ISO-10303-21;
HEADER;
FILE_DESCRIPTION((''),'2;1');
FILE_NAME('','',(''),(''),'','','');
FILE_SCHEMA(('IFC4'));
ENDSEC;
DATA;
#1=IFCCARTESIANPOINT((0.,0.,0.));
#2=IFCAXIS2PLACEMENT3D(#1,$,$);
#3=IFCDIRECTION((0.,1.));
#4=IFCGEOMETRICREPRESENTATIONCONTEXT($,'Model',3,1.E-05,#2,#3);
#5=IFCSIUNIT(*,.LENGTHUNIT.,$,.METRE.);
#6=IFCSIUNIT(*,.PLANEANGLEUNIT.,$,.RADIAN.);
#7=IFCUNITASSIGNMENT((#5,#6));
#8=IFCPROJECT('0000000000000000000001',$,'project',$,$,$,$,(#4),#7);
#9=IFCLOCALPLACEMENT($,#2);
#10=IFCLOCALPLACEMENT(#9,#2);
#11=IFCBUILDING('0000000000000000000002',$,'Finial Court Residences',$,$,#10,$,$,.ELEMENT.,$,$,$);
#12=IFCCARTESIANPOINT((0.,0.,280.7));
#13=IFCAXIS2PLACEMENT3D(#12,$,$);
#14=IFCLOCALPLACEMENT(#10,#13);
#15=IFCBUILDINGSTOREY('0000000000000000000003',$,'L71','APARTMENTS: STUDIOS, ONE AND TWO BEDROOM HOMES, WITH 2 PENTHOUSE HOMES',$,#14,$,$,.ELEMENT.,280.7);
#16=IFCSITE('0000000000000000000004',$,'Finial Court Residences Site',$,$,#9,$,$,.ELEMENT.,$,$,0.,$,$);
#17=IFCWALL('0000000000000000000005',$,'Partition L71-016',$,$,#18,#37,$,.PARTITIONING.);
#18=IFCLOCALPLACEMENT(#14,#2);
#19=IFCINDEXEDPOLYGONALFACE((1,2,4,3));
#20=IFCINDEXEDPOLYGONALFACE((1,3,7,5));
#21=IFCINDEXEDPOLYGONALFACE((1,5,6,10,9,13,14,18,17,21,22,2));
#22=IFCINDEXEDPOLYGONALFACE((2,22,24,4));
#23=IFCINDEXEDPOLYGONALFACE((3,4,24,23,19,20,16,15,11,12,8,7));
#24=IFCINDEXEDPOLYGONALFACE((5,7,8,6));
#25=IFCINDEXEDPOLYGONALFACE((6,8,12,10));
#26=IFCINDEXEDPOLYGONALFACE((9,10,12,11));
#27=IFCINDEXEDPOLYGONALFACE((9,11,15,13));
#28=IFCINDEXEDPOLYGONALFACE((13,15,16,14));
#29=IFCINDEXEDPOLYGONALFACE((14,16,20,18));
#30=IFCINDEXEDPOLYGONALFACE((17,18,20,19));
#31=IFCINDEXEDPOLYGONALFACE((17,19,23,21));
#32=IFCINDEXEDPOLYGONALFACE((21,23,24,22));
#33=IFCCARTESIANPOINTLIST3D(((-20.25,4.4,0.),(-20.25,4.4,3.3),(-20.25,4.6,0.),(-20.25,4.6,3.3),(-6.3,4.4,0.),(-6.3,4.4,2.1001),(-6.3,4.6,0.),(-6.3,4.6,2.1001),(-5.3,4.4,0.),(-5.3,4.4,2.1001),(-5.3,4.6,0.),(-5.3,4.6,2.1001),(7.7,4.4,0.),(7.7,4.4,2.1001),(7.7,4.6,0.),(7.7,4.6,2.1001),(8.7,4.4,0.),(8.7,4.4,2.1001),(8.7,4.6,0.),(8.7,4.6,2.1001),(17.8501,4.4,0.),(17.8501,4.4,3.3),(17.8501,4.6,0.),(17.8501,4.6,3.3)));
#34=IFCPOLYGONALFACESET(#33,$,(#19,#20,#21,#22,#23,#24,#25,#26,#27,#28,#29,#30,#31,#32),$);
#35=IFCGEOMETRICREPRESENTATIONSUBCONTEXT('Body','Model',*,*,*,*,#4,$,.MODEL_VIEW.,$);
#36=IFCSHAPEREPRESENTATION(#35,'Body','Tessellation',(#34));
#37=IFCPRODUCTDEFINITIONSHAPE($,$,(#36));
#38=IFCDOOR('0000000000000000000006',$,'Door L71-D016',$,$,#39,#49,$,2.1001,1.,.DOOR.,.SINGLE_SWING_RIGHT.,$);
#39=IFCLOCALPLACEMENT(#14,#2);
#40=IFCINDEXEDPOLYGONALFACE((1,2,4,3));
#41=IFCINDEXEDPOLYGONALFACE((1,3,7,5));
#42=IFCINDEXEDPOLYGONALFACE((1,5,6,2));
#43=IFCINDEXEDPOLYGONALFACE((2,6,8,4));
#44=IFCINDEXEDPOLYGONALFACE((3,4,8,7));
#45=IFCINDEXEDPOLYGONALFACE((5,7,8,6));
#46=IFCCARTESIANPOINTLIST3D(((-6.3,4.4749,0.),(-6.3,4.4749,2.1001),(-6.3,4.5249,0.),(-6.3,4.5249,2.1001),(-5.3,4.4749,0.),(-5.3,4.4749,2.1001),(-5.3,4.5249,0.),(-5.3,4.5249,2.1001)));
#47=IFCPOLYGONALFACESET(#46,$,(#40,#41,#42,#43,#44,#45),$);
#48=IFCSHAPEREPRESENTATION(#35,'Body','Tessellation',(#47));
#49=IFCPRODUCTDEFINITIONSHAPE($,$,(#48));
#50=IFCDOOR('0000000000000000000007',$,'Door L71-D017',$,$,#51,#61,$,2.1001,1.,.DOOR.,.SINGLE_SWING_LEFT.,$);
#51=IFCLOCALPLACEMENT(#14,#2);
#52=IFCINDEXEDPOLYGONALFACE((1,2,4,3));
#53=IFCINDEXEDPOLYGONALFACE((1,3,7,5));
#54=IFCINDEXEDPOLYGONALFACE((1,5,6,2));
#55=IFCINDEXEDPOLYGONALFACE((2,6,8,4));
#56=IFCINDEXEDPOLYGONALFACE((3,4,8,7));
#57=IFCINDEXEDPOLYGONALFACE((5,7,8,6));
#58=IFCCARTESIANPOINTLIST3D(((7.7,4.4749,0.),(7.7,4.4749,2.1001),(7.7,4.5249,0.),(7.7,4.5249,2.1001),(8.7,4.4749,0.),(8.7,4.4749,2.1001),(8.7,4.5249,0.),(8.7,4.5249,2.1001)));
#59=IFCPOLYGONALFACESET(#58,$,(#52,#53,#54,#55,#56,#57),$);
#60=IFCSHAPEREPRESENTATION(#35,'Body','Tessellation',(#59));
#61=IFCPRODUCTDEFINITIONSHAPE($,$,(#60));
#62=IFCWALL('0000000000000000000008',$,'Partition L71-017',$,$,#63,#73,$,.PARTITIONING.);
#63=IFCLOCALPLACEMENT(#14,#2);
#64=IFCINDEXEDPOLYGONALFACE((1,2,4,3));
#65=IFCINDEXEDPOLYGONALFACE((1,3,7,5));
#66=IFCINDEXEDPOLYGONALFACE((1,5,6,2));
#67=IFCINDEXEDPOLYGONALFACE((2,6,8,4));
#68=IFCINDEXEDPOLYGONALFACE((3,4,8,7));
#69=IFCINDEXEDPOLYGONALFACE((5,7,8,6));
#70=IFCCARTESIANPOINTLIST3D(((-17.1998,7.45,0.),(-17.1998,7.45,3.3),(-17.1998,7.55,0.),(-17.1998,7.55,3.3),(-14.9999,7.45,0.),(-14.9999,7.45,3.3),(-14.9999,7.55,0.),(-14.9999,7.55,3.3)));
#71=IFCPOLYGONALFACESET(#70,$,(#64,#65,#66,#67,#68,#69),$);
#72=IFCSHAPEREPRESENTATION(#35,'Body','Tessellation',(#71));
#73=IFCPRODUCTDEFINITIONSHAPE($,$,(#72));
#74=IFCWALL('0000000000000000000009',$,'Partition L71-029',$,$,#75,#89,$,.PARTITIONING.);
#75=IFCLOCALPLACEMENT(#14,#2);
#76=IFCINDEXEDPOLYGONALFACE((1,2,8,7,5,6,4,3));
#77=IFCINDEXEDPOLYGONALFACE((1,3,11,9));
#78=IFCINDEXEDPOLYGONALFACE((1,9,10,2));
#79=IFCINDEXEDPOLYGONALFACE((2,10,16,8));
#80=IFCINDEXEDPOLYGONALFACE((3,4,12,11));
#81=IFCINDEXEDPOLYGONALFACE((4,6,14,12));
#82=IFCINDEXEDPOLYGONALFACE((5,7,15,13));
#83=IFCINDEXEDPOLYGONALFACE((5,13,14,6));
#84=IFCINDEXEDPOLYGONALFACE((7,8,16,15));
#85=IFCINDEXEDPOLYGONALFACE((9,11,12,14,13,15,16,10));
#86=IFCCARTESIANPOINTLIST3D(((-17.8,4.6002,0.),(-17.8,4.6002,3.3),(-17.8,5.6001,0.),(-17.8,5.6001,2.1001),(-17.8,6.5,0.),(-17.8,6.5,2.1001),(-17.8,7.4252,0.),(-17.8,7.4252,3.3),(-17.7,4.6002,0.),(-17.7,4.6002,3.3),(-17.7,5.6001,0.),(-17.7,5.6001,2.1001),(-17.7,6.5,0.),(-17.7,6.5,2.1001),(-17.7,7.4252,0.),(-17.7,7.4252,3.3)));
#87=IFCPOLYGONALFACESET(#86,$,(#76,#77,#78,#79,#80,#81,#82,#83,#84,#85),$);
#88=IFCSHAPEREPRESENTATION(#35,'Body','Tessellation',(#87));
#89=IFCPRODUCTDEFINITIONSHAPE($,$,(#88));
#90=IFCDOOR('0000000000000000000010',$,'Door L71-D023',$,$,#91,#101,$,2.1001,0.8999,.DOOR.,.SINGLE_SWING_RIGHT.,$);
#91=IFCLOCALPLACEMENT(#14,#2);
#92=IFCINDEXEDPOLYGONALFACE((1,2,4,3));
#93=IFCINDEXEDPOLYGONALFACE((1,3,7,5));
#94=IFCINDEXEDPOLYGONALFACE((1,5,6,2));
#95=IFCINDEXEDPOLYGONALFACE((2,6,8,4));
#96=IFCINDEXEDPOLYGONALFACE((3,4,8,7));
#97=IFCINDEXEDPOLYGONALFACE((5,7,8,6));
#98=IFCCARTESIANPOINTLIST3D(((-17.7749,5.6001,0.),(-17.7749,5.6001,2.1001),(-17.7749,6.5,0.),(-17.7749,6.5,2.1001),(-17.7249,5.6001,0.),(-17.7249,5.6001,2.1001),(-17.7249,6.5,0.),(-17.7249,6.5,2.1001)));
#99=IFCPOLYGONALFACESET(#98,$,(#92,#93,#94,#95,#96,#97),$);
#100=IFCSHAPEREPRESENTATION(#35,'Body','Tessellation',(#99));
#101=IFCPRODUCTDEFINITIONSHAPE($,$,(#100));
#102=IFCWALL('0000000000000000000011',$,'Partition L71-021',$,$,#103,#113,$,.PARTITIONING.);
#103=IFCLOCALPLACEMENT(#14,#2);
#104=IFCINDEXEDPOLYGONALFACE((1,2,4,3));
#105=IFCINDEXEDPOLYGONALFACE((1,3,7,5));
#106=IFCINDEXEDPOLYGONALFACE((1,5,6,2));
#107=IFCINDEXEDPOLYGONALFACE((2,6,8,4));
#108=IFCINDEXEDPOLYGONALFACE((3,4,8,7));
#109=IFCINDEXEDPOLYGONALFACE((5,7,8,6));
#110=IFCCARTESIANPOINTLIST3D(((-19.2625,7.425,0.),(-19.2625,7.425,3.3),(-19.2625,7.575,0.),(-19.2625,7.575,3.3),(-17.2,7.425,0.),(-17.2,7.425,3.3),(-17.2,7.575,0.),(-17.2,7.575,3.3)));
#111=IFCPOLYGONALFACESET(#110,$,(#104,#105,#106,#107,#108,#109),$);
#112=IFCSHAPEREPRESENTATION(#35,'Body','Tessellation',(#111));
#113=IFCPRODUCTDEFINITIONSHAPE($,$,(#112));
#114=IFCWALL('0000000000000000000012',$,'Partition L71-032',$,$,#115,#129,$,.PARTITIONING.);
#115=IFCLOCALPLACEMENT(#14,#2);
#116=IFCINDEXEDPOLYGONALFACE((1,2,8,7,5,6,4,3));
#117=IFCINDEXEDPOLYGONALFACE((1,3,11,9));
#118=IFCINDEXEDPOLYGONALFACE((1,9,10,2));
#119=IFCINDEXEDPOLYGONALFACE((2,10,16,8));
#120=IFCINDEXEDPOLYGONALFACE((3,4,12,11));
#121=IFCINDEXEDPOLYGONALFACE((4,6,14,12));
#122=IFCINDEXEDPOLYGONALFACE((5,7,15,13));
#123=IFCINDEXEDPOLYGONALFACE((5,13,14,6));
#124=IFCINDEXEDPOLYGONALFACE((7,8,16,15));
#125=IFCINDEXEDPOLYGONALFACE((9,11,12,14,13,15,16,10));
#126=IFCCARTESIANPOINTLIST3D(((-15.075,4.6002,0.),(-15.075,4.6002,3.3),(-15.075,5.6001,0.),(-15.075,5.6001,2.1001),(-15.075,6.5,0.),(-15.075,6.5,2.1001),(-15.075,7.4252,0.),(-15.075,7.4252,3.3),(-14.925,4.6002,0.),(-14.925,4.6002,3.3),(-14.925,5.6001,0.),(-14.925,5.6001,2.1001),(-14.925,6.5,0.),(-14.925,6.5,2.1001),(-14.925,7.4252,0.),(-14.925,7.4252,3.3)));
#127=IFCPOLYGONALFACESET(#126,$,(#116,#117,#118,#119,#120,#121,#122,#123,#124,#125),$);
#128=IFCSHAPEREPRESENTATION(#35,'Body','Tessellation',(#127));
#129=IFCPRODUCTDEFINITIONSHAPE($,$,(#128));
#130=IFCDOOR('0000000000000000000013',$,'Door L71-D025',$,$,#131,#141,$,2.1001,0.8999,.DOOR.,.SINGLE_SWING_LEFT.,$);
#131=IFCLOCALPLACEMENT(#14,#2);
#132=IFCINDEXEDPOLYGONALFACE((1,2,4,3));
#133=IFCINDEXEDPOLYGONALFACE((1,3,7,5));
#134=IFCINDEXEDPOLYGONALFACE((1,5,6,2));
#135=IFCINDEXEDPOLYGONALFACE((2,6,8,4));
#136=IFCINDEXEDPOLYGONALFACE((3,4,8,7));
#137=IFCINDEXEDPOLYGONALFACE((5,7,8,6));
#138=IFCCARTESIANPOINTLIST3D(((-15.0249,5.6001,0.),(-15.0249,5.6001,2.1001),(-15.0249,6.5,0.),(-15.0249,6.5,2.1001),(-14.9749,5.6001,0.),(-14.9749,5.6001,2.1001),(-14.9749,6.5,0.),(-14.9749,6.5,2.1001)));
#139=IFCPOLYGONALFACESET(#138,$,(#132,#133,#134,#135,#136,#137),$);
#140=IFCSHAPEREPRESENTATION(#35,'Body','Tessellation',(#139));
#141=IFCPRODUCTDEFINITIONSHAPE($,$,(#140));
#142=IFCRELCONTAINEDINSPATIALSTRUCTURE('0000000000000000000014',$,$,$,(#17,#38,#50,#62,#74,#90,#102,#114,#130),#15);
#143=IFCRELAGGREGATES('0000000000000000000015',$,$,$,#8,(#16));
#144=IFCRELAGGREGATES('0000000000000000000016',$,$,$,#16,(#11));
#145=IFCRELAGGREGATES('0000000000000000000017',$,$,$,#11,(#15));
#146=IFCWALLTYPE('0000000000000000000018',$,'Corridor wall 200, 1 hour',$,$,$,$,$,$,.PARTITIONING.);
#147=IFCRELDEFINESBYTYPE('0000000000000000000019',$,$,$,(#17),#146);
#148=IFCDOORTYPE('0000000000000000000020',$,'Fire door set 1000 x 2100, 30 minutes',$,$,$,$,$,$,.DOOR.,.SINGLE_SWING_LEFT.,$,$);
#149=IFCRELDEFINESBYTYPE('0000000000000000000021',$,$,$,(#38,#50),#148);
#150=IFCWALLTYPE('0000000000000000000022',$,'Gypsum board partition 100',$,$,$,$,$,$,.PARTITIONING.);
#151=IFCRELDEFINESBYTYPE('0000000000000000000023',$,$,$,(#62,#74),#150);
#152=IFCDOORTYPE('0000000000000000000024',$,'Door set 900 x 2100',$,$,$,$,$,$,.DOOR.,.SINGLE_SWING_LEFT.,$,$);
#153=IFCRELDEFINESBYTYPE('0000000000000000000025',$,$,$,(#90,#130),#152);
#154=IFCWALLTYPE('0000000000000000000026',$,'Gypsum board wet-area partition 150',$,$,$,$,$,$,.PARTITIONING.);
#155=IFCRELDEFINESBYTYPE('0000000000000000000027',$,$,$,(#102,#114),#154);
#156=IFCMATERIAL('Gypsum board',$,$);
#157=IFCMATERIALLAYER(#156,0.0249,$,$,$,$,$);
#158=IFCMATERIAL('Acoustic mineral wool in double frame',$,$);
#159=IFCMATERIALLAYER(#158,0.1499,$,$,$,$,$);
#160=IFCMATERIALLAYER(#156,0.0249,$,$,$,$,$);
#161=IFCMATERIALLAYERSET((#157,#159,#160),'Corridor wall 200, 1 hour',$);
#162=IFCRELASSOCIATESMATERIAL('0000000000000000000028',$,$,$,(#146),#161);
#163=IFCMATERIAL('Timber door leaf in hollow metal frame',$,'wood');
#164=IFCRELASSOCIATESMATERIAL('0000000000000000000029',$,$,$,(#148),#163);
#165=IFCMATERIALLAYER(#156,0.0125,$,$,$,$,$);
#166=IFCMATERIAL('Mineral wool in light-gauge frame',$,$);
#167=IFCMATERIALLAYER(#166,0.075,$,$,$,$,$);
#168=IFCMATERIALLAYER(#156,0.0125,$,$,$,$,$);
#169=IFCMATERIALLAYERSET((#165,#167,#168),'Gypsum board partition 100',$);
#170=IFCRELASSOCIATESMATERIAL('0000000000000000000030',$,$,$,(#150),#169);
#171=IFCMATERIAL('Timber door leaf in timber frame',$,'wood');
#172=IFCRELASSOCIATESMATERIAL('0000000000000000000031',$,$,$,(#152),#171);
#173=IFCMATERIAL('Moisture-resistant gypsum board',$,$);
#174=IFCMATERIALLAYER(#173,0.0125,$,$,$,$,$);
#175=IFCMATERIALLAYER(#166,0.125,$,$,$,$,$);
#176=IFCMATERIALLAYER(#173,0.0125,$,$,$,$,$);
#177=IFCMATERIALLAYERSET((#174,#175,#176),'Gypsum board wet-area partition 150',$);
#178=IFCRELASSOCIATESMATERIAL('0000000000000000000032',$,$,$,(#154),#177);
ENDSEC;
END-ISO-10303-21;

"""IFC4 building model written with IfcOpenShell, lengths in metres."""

from ifc_helpers import new_model, si_unit, direction, frame, frame_2d, origin, place, context, subcontext, project, spatial, rectangle, extrude, material, layer, layer_set, type_object, element, fill, save


model = new_model("IFC4")

# Units and contexts
model_context = context("Model", 3, precision=1e-05, world=origin(), true_north=direction((0.0, 1.0)))
body_context = subcontext(model_context, "Body", "Model", "MODEL_VIEW")
ifc_project = project(units=[si_unit("LENGTHUNIT", "METRE"), si_unit("PLANEANGLEUNIT", "RADIAN")], contexts=[model_context])

# Site, building, storey
site_placement = place(None, origin())
site = spatial("IfcSite", under=ifc_project, at=site_placement, Name="Finial Court Residences Site", CompositionType="ELEMENT", RefElevation=0.0)
building_placement = place(site_placement, origin())
building = spatial("IfcBuilding", under=site, at=building_placement, Name="Finial Court Residences", CompositionType="ELEMENT")
storey_placement = place(building_placement, frame((0.0, 0.0, 280.7)))
storey = spatial("IfcBuildingStorey", under=building, at=storey_placement, Name="L71", Description="APARTMENTS: STUDIOS, ONE AND TWO BEDROOM HOMES, WITH 2 PENTHOUSE HOMES", CompositionType="ELEMENT", Elevation=280.7)

# Shared definitions
ifc_material_1 = material(Name="Gypsum board")
ifc_layer_1 = layer(ifc_material_1, 0.0249)
ifc_material_2 = material(Name="Acoustic mineral wool in double frame")
ifc_layer_2 = layer(ifc_material_2, 0.1499)
ifc_layer_3 = layer(ifc_material_1, 0.0249)
ifc_layer_set_1 = layer_set([ifc_layer_1, ifc_layer_2, ifc_layer_3], Name="Corridor wall 200, 1 hour")
wall_type_1 = type_object("IfcWallType", Name="Corridor wall 200, 1 hour", PredefinedType="PARTITIONING", material=ifc_layer_set_1)

# Wall, openings, doors
wall_1_placement = place(storey_placement, frame((-20.25, 4.5, 0.0), z_axis=(0.0, 0.0, 1.0), x_axis=(1.0, 0.0, 0.0)))
wall_1 = element("IfcWall", 1, at=wall_1_placement, inside=storey, type_object=wall_type_1, Name="Partition L71-016", PredefinedType="PARTITIONING", context=body_context, shape_type="SweptSolid", body=[
    extrude(rectangle(XDim=38.1001, YDim=0.2, at=frame_2d((19.05, 0.0))), origin(), (0.0, 0.0, 1.0), 3.3),
])
opening_1_placement = place(wall_1_placement, frame((13.95, 0.0, 0.0)))
opening_1 = element("IfcOpeningElement", 2, at=opening_1_placement, cuts=wall_1, PredefinedType="OPENING", context=body_context, shape_type="SweptSolid", body=[
    extrude(rectangle(XDim=1.0, YDim=2.1001, at=frame_2d((0.5, 1.05))), frame((0.0, 0.1099, 0.0), z_axis=(0.0, -1.0, 0.0), x_axis=(1.0, 0.0, 0.0)), (0.0, 0.0, 1.0), 0.22),
])
opening_2_placement = place(wall_1_placement, frame((27.95, 0.0, 0.0)))
opening_2 = element("IfcOpeningElement", 3, at=opening_2_placement, cuts=wall_1, PredefinedType="OPENING", context=body_context, shape_type="SweptSolid", body=[
    extrude(rectangle(XDim=1.0, YDim=2.1001, at=frame_2d((0.5, 1.05))), frame((0.0, 0.1099, 0.0), z_axis=(0.0, -1.0, 0.0), x_axis=(1.0, 0.0, 0.0)), (0.0, 0.0, 1.0), 0.22),
])
ifc_material_3 = material(Name="Timber door leaf in hollow metal frame", Category="wood")
door_type_1 = type_object("IfcDoorType", Name="Fire door set 1000 x 2100, 30 minutes", OperationType="SINGLE_SWING_LEFT", PredefinedType="DOOR", material=ifc_material_3)
door_1_placement = place(opening_1_placement, origin())
door_1 = element("IfcDoor", 4, at=door_1_placement, inside=storey, type_object=door_type_1, Name="Door L71-D016", OperationType="SINGLE_SWING_RIGHT", OverallHeight=2.1001, OverallWidth=1.0, PredefinedType="DOOR", context=body_context, shape_type="SweptSolid", body=[
    extrude(rectangle(XDim=1.0, YDim=2.1001, at=frame_2d((0.5, 1.05))), frame((0.0, 0.0249, 0.0), z_axis=(0.0, -1.0, 0.0), x_axis=(1.0, 0.0, 0.0)), (0.0, 0.0, 1.0), 0.05),
])
fill(opening_1, door_1)
door_2_placement = place(opening_2_placement, origin())
door_2 = element("IfcDoor", 5, at=door_2_placement, inside=storey, type_object=door_type_1, Name="Door L71-D017", OperationType="SINGLE_SWING_LEFT", OverallHeight=2.1001, OverallWidth=1.0, PredefinedType="DOOR", context=body_context, shape_type="SweptSolid", body=[
    extrude(rectangle(XDim=1.0, YDim=2.1001, at=frame_2d((0.5, 1.05))), frame((0.0, 0.0249, 0.0), z_axis=(0.0, -1.0, 0.0), x_axis=(1.0, 0.0, 0.0)), (0.0, 0.0, 1.0), 0.05),
])
fill(opening_2, door_2)

# Wall
ifc_layer_4 = layer(ifc_material_1, 0.0125)
ifc_material_4 = material(Name="Mineral wool in light-gauge frame")
ifc_layer_5 = layer(ifc_material_4, 0.075)
ifc_layer_6 = layer(ifc_material_1, 0.0125)
ifc_layer_set_2 = layer_set([ifc_layer_4, ifc_layer_5, ifc_layer_6], Name="Gypsum board partition 100")
wall_type_2 = type_object("IfcWallType", Name="Gypsum board partition 100", PredefinedType="PARTITIONING", material=ifc_layer_set_2)
wall_2_placement = place(storey_placement, frame((-17.2, 7.5, 0.0), z_axis=(0.0, 0.0, 1.0), x_axis=(1.0, 0.0, 0.0)))
element("IfcWall", 6, at=wall_2_placement, inside=storey, type_object=wall_type_2, Name="Partition L71-017", PredefinedType="PARTITIONING", context=body_context, shape_type="SweptSolid", body=[
    extrude(rectangle(XDim=2.2, YDim=0.1001, at=frame_2d((1.1001, 0.0))), origin(), (0.0, 0.0, 1.0), 3.3),
])

# Wall, opening, door
wall_3_placement = place(storey_placement, frame((-17.75, 4.6001, 0.0), z_axis=(0.0, 0.0, 1.0), x_axis=(0.0, 1.0, 0.0)))
wall_3 = element("IfcWall", 7, at=wall_3_placement, inside=storey, type_object=wall_type_2, Name="Partition L71-029", PredefinedType="PARTITIONING", context=body_context, shape_type="SweptSolid", body=[
    extrude(rectangle(XDim=2.825, YDim=0.1001, at=frame_2d((1.4126, 0.0))), origin(), (0.0, 0.0, 1.0), 3.3),
])
opening_3_placement = place(wall_3_placement, frame((1.0, 0.0, 0.0)))
opening_3 = element("IfcOpeningElement", 8, at=opening_3_placement, cuts=wall_3, PredefinedType="OPENING", context=body_context, shape_type="SweptSolid", body=[
    extrude(rectangle(XDim=0.8999, YDim=2.1001, at=frame_2d((0.45, 1.05))), frame((0.0, 0.0601, 0.0), z_axis=(0.0, -1.0, 0.0), x_axis=(1.0, 0.0, 0.0)), (0.0, 0.0, 1.0), 0.1201),
])
ifc_material_5 = material(Name="Timber door leaf in timber frame", Category="wood")
door_type_2 = type_object("IfcDoorType", Name="Door set 900 x 2100", OperationType="SINGLE_SWING_LEFT", PredefinedType="DOOR", material=ifc_material_5)
door_3_placement = place(opening_3_placement, origin())
door_3 = element("IfcDoor", 9, at=door_3_placement, inside=storey, type_object=door_type_2, Name="Door L71-D023", OperationType="SINGLE_SWING_RIGHT", OverallHeight=2.1001, OverallWidth=0.8999, PredefinedType="DOOR", context=body_context, shape_type="SweptSolid", body=[
    extrude(rectangle(XDim=0.8999, YDim=2.1001, at=frame_2d((0.45, 1.05))), frame((0.0, 0.0249, 0.0), z_axis=(0.0, -1.0, 0.0), x_axis=(1.0, 0.0, 0.0)), (0.0, 0.0, 1.0), 0.05),
])
fill(opening_3, door_3)

# Wall
ifc_material_6 = material(Name="Moisture-resistant gypsum board")
ifc_layer_7 = layer(ifc_material_6, 0.0125)
ifc_layer_8 = layer(ifc_material_4, 0.125)
ifc_layer_9 = layer(ifc_material_6, 0.0125)
ifc_layer_set_3 = layer_set([ifc_layer_7, ifc_layer_8, ifc_layer_9], Name="Gypsum board wet-area partition 150")
wall_type_3 = type_object("IfcWallType", Name="Gypsum board wet-area partition 150", PredefinedType="PARTITIONING", material=ifc_layer_set_3)
wall_4_placement = place(storey_placement, frame((-19.2625, 7.5, 0.0), z_axis=(0.0, 0.0, 1.0), x_axis=(1.0, 0.0, 0.0)))
element("IfcWall", 10, at=wall_4_placement, inside=storey, type_object=wall_type_3, Name="Partition L71-021", PredefinedType="PARTITIONING", context=body_context, shape_type="SweptSolid", body=[
    extrude(rectangle(XDim=2.0625, YDim=0.1499, at=frame_2d((1.0312, 0.0))), origin(), (0.0, 0.0, 1.0), 3.3),
])

# Wall, opening, door
wall_5_placement = place(storey_placement, frame((-15.0, 4.6001, 0.0), z_axis=(0.0, 0.0, 1.0), x_axis=(0.0, 1.0, 0.0)))
wall_5 = element("IfcWall", 11, at=wall_5_placement, inside=storey, type_object=wall_type_3, Name="Partition L71-032", PredefinedType="PARTITIONING", context=body_context, shape_type="SweptSolid", body=[
    extrude(rectangle(XDim=2.825, YDim=0.1499, at=frame_2d((1.4126, 0.0))), origin(), (0.0, 0.0, 1.0), 3.3),
])
opening_4_placement = place(wall_5_placement, frame((1.0, 0.0, 0.0)))
opening_4 = element("IfcOpeningElement", 12, at=opening_4_placement, cuts=wall_5, PredefinedType="OPENING", context=body_context, shape_type="SweptSolid", body=[
    extrude(rectangle(XDim=0.8999, YDim=2.1001, at=frame_2d((0.45, 1.05))), frame((0.0, 0.085, 0.0), z_axis=(0.0, -1.0, 0.0), x_axis=(1.0, 0.0, 0.0)), (0.0, 0.0, 1.0), 0.1699),
])
door_4_placement = place(opening_4_placement, origin())
door_4 = element("IfcDoor", 13, at=door_4_placement, inside=storey, type_object=door_type_2, Name="Door L71-D025", OperationType="SINGLE_SWING_LEFT", OverallHeight=2.1001, OverallWidth=0.8999, PredefinedType="DOOR", context=body_context, shape_type="SweptSolid", body=[
    extrude(rectangle(XDim=0.8999, YDim=2.1001, at=frame_2d((0.45, 1.05))), frame((0.0, 0.0249, 0.0), z_axis=(0.0, -1.0, 0.0), x_axis=(1.0, 0.0, 0.0)), (0.0, 0.0, 1.0), 0.05),
])
fill(opening_4, door_4)

save(model, "model.ifc")
